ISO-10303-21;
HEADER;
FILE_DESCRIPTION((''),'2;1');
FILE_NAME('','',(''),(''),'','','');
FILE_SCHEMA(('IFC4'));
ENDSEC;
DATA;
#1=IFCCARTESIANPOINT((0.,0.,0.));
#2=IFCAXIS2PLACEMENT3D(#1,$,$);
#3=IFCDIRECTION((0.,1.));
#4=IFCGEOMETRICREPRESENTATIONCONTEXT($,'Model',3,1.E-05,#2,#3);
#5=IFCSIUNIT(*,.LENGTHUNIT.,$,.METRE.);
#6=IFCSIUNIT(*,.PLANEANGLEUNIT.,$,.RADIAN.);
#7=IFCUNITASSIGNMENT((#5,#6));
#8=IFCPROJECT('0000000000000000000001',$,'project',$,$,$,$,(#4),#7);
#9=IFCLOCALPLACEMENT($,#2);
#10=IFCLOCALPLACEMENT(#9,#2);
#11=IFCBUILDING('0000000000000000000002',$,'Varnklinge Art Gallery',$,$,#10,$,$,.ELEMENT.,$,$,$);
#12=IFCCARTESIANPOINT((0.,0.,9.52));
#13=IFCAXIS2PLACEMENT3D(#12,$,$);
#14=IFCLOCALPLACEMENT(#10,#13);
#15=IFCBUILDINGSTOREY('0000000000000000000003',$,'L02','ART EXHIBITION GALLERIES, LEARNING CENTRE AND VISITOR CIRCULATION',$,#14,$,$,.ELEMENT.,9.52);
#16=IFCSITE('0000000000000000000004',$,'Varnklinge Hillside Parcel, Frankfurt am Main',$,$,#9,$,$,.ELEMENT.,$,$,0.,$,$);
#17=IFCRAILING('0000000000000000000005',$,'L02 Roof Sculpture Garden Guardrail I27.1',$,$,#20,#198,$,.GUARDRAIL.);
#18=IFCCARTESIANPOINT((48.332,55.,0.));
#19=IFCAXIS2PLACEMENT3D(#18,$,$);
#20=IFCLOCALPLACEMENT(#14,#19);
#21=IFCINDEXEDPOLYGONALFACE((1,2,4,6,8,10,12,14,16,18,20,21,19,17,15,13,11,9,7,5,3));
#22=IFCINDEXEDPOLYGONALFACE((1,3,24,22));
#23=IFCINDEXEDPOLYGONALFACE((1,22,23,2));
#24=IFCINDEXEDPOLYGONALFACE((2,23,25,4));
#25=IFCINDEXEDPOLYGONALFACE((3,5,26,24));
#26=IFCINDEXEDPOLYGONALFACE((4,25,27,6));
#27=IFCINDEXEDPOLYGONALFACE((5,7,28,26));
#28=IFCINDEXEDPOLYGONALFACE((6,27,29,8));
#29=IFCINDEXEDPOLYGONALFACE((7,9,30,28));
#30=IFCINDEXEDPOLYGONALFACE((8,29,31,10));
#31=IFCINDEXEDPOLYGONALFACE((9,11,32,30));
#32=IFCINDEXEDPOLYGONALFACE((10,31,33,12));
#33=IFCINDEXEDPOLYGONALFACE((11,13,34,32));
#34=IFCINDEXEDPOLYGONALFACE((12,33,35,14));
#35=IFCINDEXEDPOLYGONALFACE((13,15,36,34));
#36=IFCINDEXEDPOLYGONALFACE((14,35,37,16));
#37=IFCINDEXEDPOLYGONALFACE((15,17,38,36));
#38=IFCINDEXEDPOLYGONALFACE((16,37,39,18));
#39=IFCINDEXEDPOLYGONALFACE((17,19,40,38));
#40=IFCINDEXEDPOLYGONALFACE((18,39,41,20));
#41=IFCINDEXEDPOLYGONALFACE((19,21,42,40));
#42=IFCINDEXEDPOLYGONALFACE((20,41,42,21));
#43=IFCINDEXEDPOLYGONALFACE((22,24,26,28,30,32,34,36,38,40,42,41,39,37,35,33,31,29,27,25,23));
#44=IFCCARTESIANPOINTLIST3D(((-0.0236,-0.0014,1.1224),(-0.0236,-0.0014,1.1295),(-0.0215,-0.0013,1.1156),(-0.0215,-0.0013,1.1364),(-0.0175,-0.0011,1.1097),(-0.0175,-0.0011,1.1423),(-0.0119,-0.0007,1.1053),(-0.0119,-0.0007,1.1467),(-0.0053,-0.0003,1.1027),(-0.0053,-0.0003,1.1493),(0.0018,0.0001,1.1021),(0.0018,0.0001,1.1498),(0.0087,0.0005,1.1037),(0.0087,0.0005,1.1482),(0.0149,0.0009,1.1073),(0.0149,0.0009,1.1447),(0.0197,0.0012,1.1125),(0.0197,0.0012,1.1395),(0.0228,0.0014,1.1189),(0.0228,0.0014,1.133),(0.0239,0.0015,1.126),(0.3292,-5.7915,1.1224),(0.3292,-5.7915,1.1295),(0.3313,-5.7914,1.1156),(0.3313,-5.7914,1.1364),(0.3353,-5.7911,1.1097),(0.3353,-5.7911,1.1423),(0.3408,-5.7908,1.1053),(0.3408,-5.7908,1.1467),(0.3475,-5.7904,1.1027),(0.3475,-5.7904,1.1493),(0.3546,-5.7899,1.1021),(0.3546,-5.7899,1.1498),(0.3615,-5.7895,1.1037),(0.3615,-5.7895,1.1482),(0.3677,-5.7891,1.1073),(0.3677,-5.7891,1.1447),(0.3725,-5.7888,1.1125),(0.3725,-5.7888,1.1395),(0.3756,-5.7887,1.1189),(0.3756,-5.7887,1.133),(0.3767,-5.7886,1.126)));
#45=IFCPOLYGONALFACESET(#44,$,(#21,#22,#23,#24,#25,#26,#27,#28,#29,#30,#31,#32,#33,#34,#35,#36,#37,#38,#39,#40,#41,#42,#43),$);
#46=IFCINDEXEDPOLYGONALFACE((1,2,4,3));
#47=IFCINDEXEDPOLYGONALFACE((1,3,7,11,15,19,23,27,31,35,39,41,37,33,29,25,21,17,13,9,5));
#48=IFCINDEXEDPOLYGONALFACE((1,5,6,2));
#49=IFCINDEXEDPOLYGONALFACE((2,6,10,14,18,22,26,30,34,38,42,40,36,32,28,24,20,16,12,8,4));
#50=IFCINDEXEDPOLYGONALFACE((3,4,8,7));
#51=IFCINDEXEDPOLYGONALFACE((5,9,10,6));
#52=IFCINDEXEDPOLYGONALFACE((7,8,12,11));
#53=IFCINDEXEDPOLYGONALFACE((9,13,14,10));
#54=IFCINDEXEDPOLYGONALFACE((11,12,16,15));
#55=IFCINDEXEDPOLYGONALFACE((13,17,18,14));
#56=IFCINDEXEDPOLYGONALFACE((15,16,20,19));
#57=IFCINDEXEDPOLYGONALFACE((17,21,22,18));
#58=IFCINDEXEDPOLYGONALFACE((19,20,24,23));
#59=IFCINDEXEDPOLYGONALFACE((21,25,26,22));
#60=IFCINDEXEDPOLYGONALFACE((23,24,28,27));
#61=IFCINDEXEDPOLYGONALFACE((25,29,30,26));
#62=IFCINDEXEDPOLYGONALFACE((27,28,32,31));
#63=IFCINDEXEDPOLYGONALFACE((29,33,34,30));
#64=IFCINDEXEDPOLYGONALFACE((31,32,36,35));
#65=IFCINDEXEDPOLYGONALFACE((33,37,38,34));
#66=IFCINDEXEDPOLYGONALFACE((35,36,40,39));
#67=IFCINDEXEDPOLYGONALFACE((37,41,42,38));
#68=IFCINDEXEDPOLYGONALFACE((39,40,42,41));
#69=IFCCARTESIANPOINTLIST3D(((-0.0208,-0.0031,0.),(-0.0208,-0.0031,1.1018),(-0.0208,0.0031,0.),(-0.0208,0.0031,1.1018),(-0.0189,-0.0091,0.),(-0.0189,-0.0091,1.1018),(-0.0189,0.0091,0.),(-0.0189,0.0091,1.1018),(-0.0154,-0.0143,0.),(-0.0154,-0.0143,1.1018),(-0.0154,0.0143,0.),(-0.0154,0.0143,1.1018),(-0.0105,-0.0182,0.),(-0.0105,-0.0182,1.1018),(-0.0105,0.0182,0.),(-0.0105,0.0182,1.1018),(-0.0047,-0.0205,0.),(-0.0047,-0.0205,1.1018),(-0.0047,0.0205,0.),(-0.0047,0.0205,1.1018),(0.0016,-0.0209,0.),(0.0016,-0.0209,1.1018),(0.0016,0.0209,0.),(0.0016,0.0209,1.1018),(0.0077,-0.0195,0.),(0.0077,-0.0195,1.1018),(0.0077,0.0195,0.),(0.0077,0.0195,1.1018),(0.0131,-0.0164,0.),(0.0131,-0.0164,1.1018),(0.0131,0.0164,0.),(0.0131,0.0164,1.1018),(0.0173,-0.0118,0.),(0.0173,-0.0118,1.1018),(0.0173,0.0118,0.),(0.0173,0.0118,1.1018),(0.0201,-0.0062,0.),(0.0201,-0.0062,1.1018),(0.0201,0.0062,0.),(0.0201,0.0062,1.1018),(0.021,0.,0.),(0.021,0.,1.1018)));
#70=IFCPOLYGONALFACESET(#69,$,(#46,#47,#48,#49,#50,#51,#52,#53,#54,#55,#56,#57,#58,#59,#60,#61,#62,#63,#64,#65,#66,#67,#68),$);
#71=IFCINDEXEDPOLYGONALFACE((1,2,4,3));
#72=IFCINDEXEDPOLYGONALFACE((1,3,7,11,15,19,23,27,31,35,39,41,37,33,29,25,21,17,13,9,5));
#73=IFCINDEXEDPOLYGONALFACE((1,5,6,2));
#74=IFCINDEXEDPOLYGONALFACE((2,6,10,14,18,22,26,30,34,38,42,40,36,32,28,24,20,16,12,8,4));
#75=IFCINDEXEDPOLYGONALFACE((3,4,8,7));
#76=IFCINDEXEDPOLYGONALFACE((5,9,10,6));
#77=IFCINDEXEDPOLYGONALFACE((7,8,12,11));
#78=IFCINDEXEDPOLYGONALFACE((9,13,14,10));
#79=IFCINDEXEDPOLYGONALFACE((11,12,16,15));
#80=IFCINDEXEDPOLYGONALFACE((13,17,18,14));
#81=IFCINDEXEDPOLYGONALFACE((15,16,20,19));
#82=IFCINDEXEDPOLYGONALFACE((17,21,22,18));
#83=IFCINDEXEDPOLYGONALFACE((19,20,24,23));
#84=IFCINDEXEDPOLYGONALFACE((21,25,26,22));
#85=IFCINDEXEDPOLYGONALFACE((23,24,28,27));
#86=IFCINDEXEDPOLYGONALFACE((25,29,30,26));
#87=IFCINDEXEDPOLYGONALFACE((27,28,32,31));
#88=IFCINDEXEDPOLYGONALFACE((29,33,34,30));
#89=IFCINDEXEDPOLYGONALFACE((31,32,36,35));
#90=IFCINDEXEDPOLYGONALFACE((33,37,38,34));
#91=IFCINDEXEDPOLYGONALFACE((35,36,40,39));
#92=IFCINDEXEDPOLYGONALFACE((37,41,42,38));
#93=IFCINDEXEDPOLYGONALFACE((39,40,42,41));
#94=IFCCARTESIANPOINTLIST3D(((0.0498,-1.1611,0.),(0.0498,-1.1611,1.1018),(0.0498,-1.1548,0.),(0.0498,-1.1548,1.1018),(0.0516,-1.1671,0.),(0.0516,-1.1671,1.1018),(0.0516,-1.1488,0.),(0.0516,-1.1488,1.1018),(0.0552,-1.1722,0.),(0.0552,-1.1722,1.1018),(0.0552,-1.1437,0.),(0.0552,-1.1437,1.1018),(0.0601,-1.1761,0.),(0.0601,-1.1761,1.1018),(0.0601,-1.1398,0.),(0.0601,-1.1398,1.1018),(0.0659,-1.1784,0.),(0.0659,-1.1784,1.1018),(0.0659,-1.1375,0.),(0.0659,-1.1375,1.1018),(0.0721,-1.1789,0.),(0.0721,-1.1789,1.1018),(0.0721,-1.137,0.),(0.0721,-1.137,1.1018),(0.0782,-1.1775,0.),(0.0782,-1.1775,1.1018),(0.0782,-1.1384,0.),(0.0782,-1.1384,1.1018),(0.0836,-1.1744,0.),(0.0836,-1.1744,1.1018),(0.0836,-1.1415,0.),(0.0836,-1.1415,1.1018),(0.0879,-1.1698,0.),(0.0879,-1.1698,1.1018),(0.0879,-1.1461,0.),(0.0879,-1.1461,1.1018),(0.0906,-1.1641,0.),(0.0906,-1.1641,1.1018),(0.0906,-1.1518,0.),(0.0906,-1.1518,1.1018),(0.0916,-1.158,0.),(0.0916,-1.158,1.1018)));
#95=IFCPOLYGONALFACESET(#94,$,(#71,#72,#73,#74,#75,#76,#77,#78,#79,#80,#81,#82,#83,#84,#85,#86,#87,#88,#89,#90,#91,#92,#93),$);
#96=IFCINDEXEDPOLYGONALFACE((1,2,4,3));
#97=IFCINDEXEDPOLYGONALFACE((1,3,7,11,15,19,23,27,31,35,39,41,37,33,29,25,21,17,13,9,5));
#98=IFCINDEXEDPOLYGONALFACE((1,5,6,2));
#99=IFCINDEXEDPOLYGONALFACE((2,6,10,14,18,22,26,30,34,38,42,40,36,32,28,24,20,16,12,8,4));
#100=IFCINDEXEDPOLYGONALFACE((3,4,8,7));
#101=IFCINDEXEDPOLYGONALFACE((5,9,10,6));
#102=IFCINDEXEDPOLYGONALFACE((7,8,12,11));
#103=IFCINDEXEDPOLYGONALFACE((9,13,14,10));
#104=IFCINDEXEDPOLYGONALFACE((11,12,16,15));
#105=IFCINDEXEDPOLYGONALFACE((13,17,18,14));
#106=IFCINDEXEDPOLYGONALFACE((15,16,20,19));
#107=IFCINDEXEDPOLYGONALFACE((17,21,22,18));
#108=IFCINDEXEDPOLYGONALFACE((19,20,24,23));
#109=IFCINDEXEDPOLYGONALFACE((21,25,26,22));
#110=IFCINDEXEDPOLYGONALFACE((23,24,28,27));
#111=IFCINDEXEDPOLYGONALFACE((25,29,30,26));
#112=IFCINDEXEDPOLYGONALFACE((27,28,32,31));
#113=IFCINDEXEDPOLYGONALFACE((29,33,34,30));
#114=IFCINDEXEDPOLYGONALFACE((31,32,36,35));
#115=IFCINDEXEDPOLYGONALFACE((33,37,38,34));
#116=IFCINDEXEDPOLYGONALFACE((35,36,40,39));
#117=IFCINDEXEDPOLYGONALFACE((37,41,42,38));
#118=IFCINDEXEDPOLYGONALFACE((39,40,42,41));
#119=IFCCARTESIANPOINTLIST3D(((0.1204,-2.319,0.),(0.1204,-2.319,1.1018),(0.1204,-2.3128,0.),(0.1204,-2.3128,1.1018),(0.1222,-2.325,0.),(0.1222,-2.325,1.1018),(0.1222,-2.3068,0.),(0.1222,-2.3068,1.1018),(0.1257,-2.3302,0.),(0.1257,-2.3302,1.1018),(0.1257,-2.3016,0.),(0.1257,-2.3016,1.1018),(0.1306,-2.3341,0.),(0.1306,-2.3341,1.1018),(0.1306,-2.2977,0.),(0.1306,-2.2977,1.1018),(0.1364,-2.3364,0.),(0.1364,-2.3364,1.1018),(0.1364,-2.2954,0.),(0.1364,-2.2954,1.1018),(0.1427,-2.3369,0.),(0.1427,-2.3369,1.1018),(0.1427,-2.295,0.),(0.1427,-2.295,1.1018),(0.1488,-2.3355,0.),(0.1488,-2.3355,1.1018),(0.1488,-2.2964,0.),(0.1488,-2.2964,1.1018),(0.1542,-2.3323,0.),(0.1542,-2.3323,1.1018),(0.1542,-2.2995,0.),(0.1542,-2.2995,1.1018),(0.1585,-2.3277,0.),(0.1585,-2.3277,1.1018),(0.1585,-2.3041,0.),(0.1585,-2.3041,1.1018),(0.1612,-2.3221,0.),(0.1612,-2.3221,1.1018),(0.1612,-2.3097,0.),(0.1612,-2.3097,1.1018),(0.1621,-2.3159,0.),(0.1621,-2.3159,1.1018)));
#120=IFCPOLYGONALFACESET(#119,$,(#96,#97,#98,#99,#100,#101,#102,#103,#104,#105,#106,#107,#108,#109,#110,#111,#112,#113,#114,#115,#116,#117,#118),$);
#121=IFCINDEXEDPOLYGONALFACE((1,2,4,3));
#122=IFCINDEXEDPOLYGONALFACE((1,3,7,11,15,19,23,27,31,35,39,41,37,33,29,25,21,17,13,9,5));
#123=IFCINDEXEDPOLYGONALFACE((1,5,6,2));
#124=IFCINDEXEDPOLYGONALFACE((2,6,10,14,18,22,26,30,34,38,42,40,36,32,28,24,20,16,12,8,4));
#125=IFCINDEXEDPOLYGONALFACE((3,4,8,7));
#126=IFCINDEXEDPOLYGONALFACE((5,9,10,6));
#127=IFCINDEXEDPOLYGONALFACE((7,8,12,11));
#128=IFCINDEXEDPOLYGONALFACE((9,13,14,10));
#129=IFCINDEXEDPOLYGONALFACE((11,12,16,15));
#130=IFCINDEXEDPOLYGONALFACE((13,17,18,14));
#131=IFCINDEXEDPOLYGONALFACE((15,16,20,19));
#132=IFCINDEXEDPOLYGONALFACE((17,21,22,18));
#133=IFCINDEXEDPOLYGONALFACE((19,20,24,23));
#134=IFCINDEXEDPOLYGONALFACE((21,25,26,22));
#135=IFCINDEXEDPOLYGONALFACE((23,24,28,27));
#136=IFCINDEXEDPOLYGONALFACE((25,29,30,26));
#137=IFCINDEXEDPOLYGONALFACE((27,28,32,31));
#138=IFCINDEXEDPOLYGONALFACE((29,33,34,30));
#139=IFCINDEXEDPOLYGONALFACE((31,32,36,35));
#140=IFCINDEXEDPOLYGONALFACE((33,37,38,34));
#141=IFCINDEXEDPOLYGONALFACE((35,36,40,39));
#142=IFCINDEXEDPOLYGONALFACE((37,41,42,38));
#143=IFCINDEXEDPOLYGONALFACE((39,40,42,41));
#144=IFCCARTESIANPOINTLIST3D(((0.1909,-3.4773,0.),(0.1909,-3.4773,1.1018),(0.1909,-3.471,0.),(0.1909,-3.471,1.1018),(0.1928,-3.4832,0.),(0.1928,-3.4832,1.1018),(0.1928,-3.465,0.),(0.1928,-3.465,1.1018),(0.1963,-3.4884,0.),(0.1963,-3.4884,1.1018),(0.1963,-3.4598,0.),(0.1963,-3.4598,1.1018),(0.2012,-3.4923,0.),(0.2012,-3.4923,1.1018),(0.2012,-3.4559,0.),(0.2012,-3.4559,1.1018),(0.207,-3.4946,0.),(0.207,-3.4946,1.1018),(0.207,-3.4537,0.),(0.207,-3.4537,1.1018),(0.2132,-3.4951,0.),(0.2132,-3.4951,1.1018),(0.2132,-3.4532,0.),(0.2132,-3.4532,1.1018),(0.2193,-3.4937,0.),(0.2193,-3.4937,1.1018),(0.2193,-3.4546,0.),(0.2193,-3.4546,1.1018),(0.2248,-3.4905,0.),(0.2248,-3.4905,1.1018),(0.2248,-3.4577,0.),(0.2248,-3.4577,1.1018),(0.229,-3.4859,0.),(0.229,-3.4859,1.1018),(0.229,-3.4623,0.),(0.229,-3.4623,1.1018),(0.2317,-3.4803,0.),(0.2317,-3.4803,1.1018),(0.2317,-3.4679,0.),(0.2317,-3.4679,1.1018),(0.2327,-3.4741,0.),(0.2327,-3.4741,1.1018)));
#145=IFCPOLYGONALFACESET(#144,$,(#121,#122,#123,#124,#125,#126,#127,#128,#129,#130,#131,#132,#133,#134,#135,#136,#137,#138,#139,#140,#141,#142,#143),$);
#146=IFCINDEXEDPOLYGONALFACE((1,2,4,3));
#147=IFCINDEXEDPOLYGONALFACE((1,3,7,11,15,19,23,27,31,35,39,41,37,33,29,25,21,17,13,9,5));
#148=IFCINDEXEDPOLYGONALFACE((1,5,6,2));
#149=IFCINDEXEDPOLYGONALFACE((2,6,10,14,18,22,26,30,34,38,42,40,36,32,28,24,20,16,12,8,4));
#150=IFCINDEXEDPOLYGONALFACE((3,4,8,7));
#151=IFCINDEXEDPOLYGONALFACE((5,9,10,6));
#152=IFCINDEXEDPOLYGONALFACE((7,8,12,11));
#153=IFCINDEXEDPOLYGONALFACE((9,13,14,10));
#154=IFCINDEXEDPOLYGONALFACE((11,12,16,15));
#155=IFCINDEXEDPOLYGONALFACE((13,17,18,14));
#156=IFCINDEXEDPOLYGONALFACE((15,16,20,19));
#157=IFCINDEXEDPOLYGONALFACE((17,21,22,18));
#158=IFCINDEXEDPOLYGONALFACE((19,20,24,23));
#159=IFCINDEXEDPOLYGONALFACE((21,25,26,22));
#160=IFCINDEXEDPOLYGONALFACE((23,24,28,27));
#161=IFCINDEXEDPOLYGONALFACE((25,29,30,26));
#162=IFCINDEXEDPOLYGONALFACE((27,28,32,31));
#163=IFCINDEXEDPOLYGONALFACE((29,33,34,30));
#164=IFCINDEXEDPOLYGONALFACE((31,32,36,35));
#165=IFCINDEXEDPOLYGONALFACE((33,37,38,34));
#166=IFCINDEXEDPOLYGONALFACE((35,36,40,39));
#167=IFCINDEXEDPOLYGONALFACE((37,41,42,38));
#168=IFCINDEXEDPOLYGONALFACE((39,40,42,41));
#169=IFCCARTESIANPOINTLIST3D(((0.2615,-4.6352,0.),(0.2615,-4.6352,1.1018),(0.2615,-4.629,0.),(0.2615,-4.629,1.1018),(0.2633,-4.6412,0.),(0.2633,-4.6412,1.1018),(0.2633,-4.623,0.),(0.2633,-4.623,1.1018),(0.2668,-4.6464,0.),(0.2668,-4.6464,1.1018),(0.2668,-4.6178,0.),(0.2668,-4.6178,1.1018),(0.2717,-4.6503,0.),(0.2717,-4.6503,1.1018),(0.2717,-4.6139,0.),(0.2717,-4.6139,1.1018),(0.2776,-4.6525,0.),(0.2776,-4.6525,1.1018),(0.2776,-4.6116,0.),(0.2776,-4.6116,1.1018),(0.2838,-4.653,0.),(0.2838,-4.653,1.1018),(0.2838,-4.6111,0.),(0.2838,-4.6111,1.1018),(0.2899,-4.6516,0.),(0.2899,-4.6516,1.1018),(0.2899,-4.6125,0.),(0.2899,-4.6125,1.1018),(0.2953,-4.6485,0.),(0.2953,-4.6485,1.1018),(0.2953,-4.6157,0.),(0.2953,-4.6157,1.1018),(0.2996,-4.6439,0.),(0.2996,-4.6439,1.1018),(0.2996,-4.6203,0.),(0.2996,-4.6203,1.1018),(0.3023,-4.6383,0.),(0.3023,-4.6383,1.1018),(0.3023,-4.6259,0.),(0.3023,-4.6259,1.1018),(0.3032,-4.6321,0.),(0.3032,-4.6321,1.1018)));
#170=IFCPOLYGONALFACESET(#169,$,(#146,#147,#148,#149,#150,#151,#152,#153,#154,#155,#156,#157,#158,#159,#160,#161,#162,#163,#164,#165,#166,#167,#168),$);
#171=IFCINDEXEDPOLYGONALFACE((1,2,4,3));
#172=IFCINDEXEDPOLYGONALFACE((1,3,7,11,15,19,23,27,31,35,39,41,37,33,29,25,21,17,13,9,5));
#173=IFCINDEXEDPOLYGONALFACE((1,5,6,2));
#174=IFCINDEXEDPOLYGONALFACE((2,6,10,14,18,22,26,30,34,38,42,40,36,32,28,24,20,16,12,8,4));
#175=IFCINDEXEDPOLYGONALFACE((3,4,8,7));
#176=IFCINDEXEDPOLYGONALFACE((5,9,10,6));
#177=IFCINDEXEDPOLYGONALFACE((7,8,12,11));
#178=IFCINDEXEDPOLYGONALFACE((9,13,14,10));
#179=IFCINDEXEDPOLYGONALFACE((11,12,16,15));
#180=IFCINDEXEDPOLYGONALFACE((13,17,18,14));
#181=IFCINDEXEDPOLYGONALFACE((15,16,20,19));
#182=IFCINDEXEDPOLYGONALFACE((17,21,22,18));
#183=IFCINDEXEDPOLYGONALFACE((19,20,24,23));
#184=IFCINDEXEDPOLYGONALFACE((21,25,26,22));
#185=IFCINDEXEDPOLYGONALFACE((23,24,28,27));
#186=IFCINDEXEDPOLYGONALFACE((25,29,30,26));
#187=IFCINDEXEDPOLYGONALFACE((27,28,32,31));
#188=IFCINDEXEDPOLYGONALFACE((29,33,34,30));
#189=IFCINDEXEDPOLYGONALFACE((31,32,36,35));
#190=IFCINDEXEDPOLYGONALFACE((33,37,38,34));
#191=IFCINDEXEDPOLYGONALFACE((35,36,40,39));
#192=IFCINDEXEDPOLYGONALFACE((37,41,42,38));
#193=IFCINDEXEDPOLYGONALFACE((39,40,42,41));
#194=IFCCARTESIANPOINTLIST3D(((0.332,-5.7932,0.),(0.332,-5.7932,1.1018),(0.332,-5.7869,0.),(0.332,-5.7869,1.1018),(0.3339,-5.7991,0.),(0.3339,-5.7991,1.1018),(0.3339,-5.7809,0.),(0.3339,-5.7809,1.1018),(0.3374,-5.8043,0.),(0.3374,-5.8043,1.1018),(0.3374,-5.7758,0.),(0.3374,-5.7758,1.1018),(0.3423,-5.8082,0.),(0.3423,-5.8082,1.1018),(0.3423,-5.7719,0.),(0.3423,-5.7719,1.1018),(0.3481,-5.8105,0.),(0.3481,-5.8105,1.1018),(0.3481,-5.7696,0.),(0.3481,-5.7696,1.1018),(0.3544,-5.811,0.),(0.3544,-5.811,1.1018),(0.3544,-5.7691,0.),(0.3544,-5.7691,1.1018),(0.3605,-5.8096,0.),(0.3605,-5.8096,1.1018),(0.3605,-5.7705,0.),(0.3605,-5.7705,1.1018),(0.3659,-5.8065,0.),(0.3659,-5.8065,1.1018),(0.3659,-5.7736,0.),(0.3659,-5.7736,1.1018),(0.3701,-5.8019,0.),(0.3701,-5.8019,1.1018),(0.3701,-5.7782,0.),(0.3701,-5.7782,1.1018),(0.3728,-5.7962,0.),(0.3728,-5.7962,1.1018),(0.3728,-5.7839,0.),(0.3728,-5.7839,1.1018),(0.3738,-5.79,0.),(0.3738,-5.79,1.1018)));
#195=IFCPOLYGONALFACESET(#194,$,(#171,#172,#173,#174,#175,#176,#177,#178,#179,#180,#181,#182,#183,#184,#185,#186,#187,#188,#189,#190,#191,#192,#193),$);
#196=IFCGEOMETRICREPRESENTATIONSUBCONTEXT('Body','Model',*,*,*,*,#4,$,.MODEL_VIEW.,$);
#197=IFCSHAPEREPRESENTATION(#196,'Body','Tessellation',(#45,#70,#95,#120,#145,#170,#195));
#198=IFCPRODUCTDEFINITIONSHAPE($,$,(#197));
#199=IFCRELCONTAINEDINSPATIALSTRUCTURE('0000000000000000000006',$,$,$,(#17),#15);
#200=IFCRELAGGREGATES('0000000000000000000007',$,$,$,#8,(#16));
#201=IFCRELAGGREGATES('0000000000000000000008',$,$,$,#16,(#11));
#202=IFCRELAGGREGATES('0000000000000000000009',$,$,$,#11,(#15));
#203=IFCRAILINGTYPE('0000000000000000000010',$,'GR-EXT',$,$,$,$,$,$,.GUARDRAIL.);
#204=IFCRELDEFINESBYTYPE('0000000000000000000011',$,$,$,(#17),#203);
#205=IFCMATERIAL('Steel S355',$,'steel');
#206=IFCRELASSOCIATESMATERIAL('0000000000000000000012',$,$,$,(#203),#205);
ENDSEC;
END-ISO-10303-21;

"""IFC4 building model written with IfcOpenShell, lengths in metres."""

from ifc_helpers import new_model, si_unit, direction, frame, origin, origin_2d, place, context, subcontext, project, spatial, circle, extrude, material, type_object, element, save


model = new_model("IFC4")

# Units and contexts
model_context = context("Model", 3, precision=1e-05, world=origin(), true_north=direction((0.0, 1.0)))
body_context = subcontext(model_context, "Body", "Model", "MODEL_VIEW")
ifc_project = project(units=[si_unit("LENGTHUNIT", "METRE"), si_unit("PLANEANGLEUNIT", "RADIAN")], contexts=[model_context])

# Site, building, storey
site_placement = place(None, origin())
site = spatial("IfcSite", under=ifc_project, at=site_placement, Name="Varnklinge Hillside Parcel, Frankfurt am Main", CompositionType="ELEMENT", RefElevation=0.0)
building_placement = place(site_placement, origin())
building = spatial("IfcBuilding", under=site, at=building_placement, Name="Varnklinge Art Gallery", CompositionType="ELEMENT")
storey_placement = place(building_placement, frame((0.0, 0.0, 9.52)))
storey = spatial("IfcBuildingStorey", under=building, at=storey_placement, Name="L02", Description="ART EXHIBITION GALLERIES, LEARNING CENTRE AND VISITOR CIRCULATION", CompositionType="ELEMENT", Elevation=9.52)

# Railing
ifc_material_1 = material(Name="Steel S355", Category="steel")
railing_type = type_object("IfcRailingType", Name="GR-EXT", PredefinedType="GUARDRAIL", material=ifc_material_1)
railing_1_placement = place(storey_placement, frame((48.332, 55.0, 0.0)))
element("IfcRailing", 1, at=railing_1_placement, inside=storey, type_object=railing_type, Name="L02 Roof Sculpture Garden Guardrail I27.1", PredefinedType="GUARDRAIL", context=body_context, shape_type="SweptSolid", body=[
    extrude(circle(Radius=0.0239, at=origin_2d()), frame((0.0, 0.0, 1.126), z_axis=(0.060817, -0.998149, 0.0), x_axis=(0.998149, 0.060817, 0.0)), (0.0, 0.0, 1.0), 5.8008),
    extrude(circle(Radius=0.021, at=origin_2d()), origin(), (0.0, 0.0, 1.0), 1.1018),
    extrude(circle(Radius=0.021, at=origin_2d()), frame((0.0706, -1.158, 0.0)), (0.0, 0.0, 1.0), 1.1018),
    extrude(circle(Radius=0.021, at=origin_2d()), frame((0.1411, -2.3159, 0.0)), (0.0, 0.0, 1.0), 1.1018),
    extrude(circle(Radius=0.021, at=origin_2d()), frame((0.2117, -3.4741, 0.0)), (0.0, 0.0, 1.0), 1.1018),
    extrude(circle(Radius=0.021, at=origin_2d()), frame((0.2822, -4.6321, 0.0)), (0.0, 0.0, 1.0), 1.1018),
    extrude(circle(Radius=0.021, at=origin_2d()), frame((0.3528, -5.79, 0.0)), (0.0, 0.0, 1.0), 1.1018),
])

save(model, "model.ifc")
